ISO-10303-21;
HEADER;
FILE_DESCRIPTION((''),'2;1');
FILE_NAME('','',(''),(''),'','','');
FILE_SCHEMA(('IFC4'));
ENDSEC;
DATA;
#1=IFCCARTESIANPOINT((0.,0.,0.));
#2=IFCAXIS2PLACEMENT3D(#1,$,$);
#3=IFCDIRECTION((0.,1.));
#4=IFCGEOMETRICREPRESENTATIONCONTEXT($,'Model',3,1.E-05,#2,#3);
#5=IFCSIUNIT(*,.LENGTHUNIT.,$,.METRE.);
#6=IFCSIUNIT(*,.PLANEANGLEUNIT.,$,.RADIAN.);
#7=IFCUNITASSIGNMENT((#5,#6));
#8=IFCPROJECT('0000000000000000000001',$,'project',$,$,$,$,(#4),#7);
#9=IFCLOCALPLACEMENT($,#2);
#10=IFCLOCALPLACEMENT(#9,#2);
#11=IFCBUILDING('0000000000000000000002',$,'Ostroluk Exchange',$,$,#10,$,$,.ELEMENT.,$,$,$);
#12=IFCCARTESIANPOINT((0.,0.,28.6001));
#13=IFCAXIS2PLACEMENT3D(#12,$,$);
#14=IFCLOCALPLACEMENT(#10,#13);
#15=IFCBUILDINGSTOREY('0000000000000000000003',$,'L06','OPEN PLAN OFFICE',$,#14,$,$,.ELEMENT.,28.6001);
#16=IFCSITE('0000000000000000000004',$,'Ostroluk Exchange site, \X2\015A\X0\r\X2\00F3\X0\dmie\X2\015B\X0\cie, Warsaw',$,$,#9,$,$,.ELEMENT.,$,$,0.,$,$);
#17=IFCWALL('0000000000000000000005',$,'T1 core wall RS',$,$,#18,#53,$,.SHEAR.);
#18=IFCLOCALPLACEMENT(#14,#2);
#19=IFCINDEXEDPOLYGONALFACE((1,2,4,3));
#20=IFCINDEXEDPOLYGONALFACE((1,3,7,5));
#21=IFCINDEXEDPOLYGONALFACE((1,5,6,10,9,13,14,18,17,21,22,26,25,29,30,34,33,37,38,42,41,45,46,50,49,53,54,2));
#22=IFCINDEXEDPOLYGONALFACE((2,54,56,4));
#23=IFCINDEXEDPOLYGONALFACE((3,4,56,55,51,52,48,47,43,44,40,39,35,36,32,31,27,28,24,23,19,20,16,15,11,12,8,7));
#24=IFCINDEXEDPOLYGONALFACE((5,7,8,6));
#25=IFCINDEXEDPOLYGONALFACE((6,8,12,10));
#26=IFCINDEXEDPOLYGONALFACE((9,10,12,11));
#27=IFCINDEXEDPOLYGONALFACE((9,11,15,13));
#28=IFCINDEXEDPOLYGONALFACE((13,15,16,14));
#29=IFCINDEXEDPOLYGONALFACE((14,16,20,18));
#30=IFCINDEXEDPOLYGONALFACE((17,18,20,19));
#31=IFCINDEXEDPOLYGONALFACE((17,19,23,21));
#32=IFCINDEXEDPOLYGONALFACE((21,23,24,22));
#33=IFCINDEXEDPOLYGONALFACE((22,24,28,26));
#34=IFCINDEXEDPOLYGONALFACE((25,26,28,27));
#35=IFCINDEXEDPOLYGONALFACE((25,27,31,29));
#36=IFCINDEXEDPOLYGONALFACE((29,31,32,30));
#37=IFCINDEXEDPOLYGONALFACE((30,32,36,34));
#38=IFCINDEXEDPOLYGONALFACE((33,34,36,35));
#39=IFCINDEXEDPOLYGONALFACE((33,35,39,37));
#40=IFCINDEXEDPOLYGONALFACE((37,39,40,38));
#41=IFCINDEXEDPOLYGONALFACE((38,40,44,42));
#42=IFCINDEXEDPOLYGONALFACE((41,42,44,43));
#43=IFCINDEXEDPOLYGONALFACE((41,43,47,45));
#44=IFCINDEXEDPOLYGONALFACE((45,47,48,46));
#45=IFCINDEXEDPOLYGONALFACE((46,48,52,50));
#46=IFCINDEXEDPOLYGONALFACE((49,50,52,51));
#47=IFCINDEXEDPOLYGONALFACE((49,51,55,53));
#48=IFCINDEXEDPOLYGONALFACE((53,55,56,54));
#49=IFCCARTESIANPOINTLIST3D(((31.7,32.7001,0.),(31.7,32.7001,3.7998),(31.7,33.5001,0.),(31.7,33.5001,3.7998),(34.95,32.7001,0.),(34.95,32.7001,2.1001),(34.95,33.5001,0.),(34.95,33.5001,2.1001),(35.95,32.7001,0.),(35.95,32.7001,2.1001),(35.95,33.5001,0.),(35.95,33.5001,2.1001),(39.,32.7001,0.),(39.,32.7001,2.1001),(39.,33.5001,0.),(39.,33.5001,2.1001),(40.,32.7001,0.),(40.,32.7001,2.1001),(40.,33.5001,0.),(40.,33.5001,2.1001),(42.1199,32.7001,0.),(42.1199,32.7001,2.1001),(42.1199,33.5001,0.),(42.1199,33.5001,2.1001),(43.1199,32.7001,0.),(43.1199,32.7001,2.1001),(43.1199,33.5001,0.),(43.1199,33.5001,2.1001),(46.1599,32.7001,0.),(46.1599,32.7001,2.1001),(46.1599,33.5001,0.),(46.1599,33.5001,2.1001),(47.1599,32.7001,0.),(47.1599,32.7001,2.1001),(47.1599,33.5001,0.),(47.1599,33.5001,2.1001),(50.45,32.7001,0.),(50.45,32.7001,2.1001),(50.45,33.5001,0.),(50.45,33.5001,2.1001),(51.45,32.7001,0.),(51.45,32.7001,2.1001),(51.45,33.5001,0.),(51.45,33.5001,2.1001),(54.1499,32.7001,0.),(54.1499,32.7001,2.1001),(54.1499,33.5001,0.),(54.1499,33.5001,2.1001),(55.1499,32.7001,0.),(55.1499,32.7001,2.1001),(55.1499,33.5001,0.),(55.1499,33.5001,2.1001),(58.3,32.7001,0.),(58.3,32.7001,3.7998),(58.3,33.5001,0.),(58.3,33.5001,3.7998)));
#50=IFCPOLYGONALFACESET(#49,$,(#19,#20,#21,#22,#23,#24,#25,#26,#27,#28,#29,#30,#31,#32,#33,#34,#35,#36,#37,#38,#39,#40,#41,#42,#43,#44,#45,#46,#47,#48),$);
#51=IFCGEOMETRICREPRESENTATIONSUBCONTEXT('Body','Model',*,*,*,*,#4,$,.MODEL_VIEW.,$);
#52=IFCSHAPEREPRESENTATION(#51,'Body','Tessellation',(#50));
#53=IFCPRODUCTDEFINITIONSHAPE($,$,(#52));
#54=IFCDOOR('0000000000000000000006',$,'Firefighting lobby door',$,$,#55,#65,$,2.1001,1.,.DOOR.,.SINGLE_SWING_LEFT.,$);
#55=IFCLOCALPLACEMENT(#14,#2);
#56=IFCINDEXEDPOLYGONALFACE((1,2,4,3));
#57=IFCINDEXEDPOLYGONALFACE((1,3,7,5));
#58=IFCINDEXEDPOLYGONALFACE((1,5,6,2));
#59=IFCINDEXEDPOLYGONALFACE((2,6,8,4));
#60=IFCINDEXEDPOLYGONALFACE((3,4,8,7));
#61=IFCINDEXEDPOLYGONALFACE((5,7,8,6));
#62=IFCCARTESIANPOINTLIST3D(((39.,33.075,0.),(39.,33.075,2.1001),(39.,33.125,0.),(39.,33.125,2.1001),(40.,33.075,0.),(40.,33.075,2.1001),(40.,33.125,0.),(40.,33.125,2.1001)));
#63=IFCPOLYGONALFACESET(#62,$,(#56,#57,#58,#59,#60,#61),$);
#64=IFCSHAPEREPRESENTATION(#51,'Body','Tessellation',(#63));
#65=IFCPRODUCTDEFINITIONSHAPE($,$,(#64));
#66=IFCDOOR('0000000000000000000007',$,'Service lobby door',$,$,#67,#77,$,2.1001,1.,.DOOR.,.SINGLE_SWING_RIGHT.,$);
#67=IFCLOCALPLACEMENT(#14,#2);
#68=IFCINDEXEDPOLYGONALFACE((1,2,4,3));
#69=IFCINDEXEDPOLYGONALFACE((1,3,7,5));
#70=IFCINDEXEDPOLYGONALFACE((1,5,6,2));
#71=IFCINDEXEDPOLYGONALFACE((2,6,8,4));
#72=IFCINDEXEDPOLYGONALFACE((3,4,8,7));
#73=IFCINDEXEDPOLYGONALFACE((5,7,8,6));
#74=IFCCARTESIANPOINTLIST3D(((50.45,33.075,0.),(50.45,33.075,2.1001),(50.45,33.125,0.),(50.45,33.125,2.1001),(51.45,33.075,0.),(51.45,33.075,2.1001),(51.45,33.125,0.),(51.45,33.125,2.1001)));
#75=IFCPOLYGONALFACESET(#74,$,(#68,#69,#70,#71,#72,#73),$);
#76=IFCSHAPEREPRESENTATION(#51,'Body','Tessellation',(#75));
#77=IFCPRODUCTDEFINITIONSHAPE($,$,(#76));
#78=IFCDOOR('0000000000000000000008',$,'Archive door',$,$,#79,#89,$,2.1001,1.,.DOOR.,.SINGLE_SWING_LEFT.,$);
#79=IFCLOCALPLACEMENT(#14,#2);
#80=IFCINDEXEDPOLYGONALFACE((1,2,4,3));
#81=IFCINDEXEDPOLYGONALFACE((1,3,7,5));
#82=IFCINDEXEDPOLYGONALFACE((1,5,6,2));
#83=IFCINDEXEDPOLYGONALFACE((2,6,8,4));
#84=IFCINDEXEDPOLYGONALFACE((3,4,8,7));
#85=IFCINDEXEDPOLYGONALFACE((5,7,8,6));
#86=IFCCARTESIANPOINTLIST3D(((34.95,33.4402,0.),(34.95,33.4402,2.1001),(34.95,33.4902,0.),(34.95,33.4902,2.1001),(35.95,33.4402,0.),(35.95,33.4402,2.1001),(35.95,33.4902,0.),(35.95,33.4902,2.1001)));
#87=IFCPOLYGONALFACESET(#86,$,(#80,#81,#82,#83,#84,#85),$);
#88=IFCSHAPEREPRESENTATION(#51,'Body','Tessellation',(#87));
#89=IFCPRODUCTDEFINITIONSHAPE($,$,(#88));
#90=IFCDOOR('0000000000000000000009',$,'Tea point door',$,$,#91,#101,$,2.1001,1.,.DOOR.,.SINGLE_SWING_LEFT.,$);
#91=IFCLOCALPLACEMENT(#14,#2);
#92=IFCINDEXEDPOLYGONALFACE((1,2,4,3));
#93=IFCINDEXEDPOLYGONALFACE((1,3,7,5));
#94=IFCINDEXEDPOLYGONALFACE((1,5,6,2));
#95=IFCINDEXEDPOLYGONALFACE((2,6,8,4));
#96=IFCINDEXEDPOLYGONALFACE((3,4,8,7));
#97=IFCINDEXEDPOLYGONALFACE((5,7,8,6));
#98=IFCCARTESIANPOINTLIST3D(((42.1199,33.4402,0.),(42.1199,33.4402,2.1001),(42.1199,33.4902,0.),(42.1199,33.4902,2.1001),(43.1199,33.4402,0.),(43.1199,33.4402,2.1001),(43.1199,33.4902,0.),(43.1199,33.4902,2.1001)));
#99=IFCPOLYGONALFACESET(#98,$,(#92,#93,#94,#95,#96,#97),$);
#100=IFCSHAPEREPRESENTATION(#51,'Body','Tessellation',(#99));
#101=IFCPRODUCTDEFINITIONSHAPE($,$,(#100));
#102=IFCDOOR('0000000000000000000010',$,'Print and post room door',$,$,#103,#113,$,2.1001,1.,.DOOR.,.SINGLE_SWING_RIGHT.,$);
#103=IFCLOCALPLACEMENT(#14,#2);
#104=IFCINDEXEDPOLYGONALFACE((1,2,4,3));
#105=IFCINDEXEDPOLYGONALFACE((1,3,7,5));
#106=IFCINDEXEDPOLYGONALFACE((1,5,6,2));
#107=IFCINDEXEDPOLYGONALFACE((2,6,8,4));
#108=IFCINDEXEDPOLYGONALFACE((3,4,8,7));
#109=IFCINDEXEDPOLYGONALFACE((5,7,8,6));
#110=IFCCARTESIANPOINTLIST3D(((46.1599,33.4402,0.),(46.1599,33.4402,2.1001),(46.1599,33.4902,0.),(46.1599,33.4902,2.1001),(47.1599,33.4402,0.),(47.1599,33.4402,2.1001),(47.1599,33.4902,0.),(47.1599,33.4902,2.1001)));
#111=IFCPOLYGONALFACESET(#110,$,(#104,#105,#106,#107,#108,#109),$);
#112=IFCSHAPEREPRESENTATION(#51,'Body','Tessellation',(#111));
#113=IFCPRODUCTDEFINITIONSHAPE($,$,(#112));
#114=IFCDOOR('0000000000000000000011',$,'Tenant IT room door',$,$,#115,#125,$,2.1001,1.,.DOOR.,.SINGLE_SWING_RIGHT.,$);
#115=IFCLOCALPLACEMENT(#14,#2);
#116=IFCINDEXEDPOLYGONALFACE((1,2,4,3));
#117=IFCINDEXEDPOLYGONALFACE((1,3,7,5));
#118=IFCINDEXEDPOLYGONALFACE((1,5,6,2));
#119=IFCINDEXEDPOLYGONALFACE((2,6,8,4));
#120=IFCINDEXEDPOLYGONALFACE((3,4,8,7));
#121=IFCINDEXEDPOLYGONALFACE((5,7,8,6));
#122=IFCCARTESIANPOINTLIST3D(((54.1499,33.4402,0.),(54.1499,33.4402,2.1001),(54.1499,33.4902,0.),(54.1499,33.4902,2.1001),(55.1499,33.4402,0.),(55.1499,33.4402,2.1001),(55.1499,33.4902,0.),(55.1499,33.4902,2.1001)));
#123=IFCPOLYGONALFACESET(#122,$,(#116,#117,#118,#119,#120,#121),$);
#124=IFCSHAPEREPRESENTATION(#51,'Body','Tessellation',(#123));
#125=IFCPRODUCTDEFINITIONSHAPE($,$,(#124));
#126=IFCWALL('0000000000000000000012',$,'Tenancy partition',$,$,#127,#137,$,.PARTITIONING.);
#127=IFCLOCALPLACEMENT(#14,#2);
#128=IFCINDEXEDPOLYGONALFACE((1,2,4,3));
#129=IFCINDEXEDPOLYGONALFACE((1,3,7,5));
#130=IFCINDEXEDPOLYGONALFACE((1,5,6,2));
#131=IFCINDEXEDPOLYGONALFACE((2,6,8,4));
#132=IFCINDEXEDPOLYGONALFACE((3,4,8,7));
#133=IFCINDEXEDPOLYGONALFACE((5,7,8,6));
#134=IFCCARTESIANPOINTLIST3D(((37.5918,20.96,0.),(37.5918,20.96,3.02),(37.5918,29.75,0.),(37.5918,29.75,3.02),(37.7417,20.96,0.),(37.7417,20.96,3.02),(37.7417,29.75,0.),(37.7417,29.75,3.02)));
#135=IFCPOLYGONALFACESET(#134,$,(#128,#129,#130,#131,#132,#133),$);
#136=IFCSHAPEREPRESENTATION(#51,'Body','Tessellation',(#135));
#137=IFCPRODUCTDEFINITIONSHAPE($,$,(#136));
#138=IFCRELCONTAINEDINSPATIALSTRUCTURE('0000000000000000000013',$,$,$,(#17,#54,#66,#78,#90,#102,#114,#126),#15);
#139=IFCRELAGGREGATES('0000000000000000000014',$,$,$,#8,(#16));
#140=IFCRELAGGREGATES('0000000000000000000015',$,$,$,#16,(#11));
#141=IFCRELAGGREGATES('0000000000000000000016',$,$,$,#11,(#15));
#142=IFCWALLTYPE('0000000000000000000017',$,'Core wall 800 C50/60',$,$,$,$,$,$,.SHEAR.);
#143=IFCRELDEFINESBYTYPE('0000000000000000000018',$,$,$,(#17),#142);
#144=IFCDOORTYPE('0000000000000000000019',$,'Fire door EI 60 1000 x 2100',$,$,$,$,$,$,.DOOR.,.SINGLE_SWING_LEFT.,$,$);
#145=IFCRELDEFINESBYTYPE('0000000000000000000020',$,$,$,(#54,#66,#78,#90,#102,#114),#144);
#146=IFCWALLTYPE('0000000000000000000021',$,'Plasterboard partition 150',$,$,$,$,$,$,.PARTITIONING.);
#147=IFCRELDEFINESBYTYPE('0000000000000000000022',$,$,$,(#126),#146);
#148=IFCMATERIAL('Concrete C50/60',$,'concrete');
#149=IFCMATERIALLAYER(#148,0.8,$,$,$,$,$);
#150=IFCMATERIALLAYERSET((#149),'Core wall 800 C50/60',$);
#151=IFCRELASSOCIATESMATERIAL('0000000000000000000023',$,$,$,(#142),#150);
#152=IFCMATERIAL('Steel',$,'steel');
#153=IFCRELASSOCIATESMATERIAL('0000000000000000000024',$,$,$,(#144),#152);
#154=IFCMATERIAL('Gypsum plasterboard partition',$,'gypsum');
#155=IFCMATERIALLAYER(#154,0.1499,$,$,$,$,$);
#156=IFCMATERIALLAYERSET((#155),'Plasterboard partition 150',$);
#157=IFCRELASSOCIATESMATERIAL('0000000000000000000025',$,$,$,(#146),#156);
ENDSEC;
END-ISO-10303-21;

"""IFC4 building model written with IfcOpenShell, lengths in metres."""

from ifc_helpers import new_model, si_unit, direction, frame, frame_2d, origin, place, context, subcontext, project, spatial, rectangle, extrude, material, layer, layer_set, type_object, element, fill, save


model = new_model("IFC4")

# Units and contexts
model_context = context("Model", 3, precision=1e-05, world=origin(), true_north=direction((0.0, 1.0)))
body_context = subcontext(model_context, "Body", "Model", "MODEL_VIEW")
ifc_project = project(units=[si_unit("LENGTHUNIT", "METRE"), si_unit("PLANEANGLEUNIT", "RADIAN")], contexts=[model_context])

# Site, building, storey
site_placement = place(None, origin())
site = spatial("IfcSite", under=ifc_project, at=site_placement, Name="Ostroluk Exchange site, Śródmieście, Warsaw", CompositionType="ELEMENT", RefElevation=0.0)
building_placement = place(site_placement, origin())
building = spatial("IfcBuilding", under=site, at=building_placement, Name="Ostroluk Exchange", CompositionType="ELEMENT")
storey_placement = place(building_placement, frame((0.0, 0.0, 28.6001)))
storey = spatial("IfcBuildingStorey", under=building, at=storey_placement, Name="L06", Description="OPEN PLAN OFFICE", CompositionType="ELEMENT", Elevation=28.6001)

# Wall, openings, doors
ifc_material_1 = material(Name="Concrete C50/60", Category="concrete")
ifc_layer_1 = layer(ifc_material_1, 0.8)
ifc_layer_set_1 = layer_set([ifc_layer_1], Name="Core wall 800 C50/60")
wall_type_1 = type_object("IfcWallType", Name="Core wall 800 C50/60", PredefinedType="SHEAR", material=ifc_layer_set_1)
wall_1_placement = place(storey_placement, frame((31.7, 33.1001, 0.0), z_axis=(0.0, 0.0, 1.0), x_axis=(1.0, 0.0, 0.0)))
wall_1 = element("IfcWall", 1, at=wall_1_placement, inside=storey, type_object=wall_type_1, Name="T1 core wall RS", PredefinedType="SHEAR", context=body_context, shape_type="SweptSolid", body=[
    extrude(rectangle(XDim=26.6001, YDim=0.8, at=frame_2d((13.3, 0.0))), origin(), (0.0, 0.0, 1.0), 3.7998),
])
opening_1_placement = place(wall_1_placement, frame((7.3, 0.0, 0.0)))
opening_1 = element("IfcOpeningElement", 2, at=opening_1_placement, cuts=wall_1, PredefinedType="OPENING", context=body_context, shape_type="SweptSolid", body=[
    extrude(rectangle(XDim=1.0, YDim=2.1001, at=frame_2d((0.5, 1.05))), frame((0.0, 0.4099, 0.0), z_axis=(0.0, -1.0, 0.0), x_axis=(1.0, 0.0, 0.0)), (0.0, 0.0, 1.0), 0.8201),
])
opening_2_placement = place(wall_1_placement, frame((18.75, 0.0, 0.0)))
opening_2 = element("IfcOpeningElement", 3, at=opening_2_placement, cuts=wall_1, PredefinedType="OPENING", context=body_context, shape_type="SweptSolid", body=[
    extrude(rectangle(XDim=1.0, YDim=2.1001, at=frame_2d((0.5, 1.05))), frame((0.0, 0.4099, 0.0), z_axis=(0.0, -1.0, 0.0), x_axis=(1.0, 0.0, 0.0)), (0.0, 0.0, 1.0), 0.8201),
])
opening_3_placement = place(wall_1_placement, frame((3.25, 0.0, 0.0)))
opening_3 = element("IfcOpeningElement", 4, at=opening_3_placement, cuts=wall_1, PredefinedType="OPENING", context=body_context, shape_type="SweptSolid", body=[
    extrude(rectangle(XDim=1.0, YDim=2.1001, at=frame_2d((0.5, 1.05))), frame((0.0, 0.4099, 0.0), z_axis=(0.0, -1.0, 0.0), x_axis=(1.0, 0.0, 0.0)), (0.0, 0.0, 1.0), 0.8201),
])
opening_4_placement = place(wall_1_placement, frame((10.4199, 0.0, 0.0)))
opening_4 = element("IfcOpeningElement", 5, at=opening_4_placement, cuts=wall_1, PredefinedType="OPENING", context=body_context, shape_type="SweptSolid", body=[
    extrude(rectangle(XDim=1.0, YDim=2.1001, at=frame_2d((0.5, 1.05))), frame((0.0, 0.4099, 0.0), z_axis=(0.0, -1.0, 0.0), x_axis=(1.0, 0.0, 0.0)), (0.0, 0.0, 1.0), 0.8201),
])
opening_5_placement = place(wall_1_placement, frame((14.46, 0.0, 0.0)))
opening_5 = element("IfcOpeningElement", 6, at=opening_5_placement, cuts=wall_1, PredefinedType="OPENING", context=body_context, shape_type="SweptSolid", body=[
    extrude(rectangle(XDim=1.0, YDim=2.1001, at=frame_2d((0.5, 1.05))), frame((0.0, 0.4099, 0.0), z_axis=(0.0, -1.0, 0.0), x_axis=(1.0, 0.0, 0.0)), (0.0, 0.0, 1.0), 0.8201),
])
opening_6_placement = place(wall_1_placement, frame((22.45, 0.0, 0.0)))
opening_6 = element("IfcOpeningElement", 7, at=opening_6_placement, cuts=wall_1, PredefinedType="OPENING", context=body_context, shape_type="SweptSolid", body=[
    extrude(rectangle(XDim=1.0, YDim=2.1001, at=frame_2d((0.5, 1.05))), frame((0.0, 0.4099, 0.0), z_axis=(0.0, -1.0, 0.0), x_axis=(1.0, 0.0, 0.0)), (0.0, 0.0, 1.0), 0.8201),
])
ifc_material_2 = material(Name="Steel", Category="steel")
door_type_1 = type_object("IfcDoorType", Name="Fire door EI 60 1000 x 2100", OperationType="SINGLE_SWING_LEFT", PredefinedType="DOOR", material=ifc_material_2)
door_1_placement = place(opening_1_placement, origin())
door_1 = element("IfcDoor", 8, at=door_1_placement, inside=storey, type_object=door_type_1, Name="Firefighting lobby door", OperationType="SINGLE_SWING_LEFT", OverallHeight=2.1001, OverallWidth=1.0, PredefinedType="DOOR", context=body_context, shape_type="SweptSolid", body=[
    extrude(rectangle(XDim=1.0, YDim=2.1001, at=frame_2d((0.5, 1.05))), frame((0.0, 0.0249, 0.0), z_axis=(0.0, -1.0, 0.0), x_axis=(1.0, 0.0, 0.0)), (0.0, 0.0, 1.0), 0.05),
])
fill(opening_1, door_1)
door_2_placement = place(opening_2_placement, origin())
door_2 = element("IfcDoor", 9, at=door_2_placement, inside=storey, type_object=door_type_1, Name="Service lobby door", OperationType="SINGLE_SWING_RIGHT", OverallHeight=2.1001, OverallWidth=1.0, PredefinedType="DOOR", context=body_context, shape_type="SweptSolid", body=[
    extrude(rectangle(XDim=1.0, YDim=2.1001, at=frame_2d((0.5, 1.05))), frame((0.0, 0.0249, 0.0), z_axis=(0.0, -1.0, 0.0), x_axis=(1.0, 0.0, 0.0)), (0.0, 0.0, 1.0), 0.05),
])
fill(opening_2, door_2)
door_3_placement = place(opening_3_placement, origin())
door_3 = element("IfcDoor", 10, at=door_3_placement, inside=storey, type_object=door_type_1, Name="Archive door", OperationType="SINGLE_SWING_LEFT", OverallHeight=2.1001, OverallWidth=1.0, PredefinedType="DOOR", context=body_context, shape_type="SweptSolid", body=[
    extrude(rectangle(XDim=1.0, YDim=2.1001, at=frame_2d((0.5, 1.05))), frame((0.0, 0.3901, 0.0), z_axis=(0.0, -1.0, 0.0), x_axis=(1.0, 0.0, 0.0)), (0.0, 0.0, 1.0), 0.05),
])
fill(opening_3, door_3)
door_4_placement = place(opening_4_placement, origin())
door_4 = element("IfcDoor", 11, at=door_4_placement, inside=storey, type_object=door_type_1, Name="Tea point door", OperationType="SINGLE_SWING_LEFT", OverallHeight=2.1001, OverallWidth=1.0, PredefinedType="DOOR", context=body_context, shape_type="SweptSolid", body=[
    extrude(rectangle(XDim=1.0, YDim=2.1001, at=frame_2d((0.5, 1.05))), frame((0.0, 0.3901, 0.0), z_axis=(0.0, -1.0, 0.0), x_axis=(1.0, 0.0, 0.0)), (0.0, 0.0, 1.0), 0.05),
])
fill(opening_4, door_4)
door_5_placement = place(opening_5_placement, origin())
door_5 = element("IfcDoor", 12, at=door_5_placement, inside=storey, type_object=door_type_1, Name="Print and post room door", OperationType="SINGLE_SWING_RIGHT", OverallHeight=2.1001, OverallWidth=1.0, PredefinedType="DOOR", context=body_context, shape_type="SweptSolid", body=[
    extrude(rectangle(XDim=1.0, YDim=2.1001, at=frame_2d((0.5, 1.05))), frame((0.0, 0.3901, 0.0), z_axis=(0.0, -1.0, 0.0), x_axis=(1.0, 0.0, 0.0)), (0.0, 0.0, 1.0), 0.05),
])
fill(opening_5, door_5)
door_6_placement = place(opening_6_placement, origin())
door_6 = element("IfcDoor", 13, at=door_6_placement, inside=storey, type_object=door_type_1, Name="Tenant IT room door", OperationType="SINGLE_SWING_RIGHT", OverallHeight=2.1001, OverallWidth=1.0, PredefinedType="DOOR", context=body_context, shape_type="SweptSolid", body=[
    extrude(rectangle(XDim=1.0, YDim=2.1001, at=frame_2d((0.5, 1.05))), frame((0.0, 0.3901, 0.0), z_axis=(0.0, -1.0, 0.0), x_axis=(1.0, 0.0, 0.0)), (0.0, 0.0, 1.0), 0.05),
])
fill(opening_6, door_6)

# Wall
ifc_material_3 = material(Name="Gypsum plasterboard partition", Category="gypsum")
ifc_layer_2 = layer(ifc_material_3, 0.1499)
ifc_layer_set_2 = layer_set([ifc_layer_2], Name="Plasterboard partition 150")
wall_type_2 = type_object("IfcWallType", Name="Plasterboard partition 150", PredefinedType="PARTITIONING", material=ifc_layer_set_2)
wall_2_placement = place(storey_placement, frame((37.6667, 29.75, 0.0), z_axis=(0.0, 0.0, 1.0), x_axis=(0.0, -1.0, 0.0)))
element("IfcWall", 14, at=wall_2_placement, inside=storey, type_object=wall_type_2, Name="Tenancy partition", PredefinedType="PARTITIONING", context=body_context, shape_type="SweptSolid", body=[
    extrude(rectangle(XDim=8.79, YDim=0.1499, at=frame_2d((4.395, 0.0))), origin(), (0.0, 0.0, 1.0), 3.02),
])

save(model, "model.ifc")
